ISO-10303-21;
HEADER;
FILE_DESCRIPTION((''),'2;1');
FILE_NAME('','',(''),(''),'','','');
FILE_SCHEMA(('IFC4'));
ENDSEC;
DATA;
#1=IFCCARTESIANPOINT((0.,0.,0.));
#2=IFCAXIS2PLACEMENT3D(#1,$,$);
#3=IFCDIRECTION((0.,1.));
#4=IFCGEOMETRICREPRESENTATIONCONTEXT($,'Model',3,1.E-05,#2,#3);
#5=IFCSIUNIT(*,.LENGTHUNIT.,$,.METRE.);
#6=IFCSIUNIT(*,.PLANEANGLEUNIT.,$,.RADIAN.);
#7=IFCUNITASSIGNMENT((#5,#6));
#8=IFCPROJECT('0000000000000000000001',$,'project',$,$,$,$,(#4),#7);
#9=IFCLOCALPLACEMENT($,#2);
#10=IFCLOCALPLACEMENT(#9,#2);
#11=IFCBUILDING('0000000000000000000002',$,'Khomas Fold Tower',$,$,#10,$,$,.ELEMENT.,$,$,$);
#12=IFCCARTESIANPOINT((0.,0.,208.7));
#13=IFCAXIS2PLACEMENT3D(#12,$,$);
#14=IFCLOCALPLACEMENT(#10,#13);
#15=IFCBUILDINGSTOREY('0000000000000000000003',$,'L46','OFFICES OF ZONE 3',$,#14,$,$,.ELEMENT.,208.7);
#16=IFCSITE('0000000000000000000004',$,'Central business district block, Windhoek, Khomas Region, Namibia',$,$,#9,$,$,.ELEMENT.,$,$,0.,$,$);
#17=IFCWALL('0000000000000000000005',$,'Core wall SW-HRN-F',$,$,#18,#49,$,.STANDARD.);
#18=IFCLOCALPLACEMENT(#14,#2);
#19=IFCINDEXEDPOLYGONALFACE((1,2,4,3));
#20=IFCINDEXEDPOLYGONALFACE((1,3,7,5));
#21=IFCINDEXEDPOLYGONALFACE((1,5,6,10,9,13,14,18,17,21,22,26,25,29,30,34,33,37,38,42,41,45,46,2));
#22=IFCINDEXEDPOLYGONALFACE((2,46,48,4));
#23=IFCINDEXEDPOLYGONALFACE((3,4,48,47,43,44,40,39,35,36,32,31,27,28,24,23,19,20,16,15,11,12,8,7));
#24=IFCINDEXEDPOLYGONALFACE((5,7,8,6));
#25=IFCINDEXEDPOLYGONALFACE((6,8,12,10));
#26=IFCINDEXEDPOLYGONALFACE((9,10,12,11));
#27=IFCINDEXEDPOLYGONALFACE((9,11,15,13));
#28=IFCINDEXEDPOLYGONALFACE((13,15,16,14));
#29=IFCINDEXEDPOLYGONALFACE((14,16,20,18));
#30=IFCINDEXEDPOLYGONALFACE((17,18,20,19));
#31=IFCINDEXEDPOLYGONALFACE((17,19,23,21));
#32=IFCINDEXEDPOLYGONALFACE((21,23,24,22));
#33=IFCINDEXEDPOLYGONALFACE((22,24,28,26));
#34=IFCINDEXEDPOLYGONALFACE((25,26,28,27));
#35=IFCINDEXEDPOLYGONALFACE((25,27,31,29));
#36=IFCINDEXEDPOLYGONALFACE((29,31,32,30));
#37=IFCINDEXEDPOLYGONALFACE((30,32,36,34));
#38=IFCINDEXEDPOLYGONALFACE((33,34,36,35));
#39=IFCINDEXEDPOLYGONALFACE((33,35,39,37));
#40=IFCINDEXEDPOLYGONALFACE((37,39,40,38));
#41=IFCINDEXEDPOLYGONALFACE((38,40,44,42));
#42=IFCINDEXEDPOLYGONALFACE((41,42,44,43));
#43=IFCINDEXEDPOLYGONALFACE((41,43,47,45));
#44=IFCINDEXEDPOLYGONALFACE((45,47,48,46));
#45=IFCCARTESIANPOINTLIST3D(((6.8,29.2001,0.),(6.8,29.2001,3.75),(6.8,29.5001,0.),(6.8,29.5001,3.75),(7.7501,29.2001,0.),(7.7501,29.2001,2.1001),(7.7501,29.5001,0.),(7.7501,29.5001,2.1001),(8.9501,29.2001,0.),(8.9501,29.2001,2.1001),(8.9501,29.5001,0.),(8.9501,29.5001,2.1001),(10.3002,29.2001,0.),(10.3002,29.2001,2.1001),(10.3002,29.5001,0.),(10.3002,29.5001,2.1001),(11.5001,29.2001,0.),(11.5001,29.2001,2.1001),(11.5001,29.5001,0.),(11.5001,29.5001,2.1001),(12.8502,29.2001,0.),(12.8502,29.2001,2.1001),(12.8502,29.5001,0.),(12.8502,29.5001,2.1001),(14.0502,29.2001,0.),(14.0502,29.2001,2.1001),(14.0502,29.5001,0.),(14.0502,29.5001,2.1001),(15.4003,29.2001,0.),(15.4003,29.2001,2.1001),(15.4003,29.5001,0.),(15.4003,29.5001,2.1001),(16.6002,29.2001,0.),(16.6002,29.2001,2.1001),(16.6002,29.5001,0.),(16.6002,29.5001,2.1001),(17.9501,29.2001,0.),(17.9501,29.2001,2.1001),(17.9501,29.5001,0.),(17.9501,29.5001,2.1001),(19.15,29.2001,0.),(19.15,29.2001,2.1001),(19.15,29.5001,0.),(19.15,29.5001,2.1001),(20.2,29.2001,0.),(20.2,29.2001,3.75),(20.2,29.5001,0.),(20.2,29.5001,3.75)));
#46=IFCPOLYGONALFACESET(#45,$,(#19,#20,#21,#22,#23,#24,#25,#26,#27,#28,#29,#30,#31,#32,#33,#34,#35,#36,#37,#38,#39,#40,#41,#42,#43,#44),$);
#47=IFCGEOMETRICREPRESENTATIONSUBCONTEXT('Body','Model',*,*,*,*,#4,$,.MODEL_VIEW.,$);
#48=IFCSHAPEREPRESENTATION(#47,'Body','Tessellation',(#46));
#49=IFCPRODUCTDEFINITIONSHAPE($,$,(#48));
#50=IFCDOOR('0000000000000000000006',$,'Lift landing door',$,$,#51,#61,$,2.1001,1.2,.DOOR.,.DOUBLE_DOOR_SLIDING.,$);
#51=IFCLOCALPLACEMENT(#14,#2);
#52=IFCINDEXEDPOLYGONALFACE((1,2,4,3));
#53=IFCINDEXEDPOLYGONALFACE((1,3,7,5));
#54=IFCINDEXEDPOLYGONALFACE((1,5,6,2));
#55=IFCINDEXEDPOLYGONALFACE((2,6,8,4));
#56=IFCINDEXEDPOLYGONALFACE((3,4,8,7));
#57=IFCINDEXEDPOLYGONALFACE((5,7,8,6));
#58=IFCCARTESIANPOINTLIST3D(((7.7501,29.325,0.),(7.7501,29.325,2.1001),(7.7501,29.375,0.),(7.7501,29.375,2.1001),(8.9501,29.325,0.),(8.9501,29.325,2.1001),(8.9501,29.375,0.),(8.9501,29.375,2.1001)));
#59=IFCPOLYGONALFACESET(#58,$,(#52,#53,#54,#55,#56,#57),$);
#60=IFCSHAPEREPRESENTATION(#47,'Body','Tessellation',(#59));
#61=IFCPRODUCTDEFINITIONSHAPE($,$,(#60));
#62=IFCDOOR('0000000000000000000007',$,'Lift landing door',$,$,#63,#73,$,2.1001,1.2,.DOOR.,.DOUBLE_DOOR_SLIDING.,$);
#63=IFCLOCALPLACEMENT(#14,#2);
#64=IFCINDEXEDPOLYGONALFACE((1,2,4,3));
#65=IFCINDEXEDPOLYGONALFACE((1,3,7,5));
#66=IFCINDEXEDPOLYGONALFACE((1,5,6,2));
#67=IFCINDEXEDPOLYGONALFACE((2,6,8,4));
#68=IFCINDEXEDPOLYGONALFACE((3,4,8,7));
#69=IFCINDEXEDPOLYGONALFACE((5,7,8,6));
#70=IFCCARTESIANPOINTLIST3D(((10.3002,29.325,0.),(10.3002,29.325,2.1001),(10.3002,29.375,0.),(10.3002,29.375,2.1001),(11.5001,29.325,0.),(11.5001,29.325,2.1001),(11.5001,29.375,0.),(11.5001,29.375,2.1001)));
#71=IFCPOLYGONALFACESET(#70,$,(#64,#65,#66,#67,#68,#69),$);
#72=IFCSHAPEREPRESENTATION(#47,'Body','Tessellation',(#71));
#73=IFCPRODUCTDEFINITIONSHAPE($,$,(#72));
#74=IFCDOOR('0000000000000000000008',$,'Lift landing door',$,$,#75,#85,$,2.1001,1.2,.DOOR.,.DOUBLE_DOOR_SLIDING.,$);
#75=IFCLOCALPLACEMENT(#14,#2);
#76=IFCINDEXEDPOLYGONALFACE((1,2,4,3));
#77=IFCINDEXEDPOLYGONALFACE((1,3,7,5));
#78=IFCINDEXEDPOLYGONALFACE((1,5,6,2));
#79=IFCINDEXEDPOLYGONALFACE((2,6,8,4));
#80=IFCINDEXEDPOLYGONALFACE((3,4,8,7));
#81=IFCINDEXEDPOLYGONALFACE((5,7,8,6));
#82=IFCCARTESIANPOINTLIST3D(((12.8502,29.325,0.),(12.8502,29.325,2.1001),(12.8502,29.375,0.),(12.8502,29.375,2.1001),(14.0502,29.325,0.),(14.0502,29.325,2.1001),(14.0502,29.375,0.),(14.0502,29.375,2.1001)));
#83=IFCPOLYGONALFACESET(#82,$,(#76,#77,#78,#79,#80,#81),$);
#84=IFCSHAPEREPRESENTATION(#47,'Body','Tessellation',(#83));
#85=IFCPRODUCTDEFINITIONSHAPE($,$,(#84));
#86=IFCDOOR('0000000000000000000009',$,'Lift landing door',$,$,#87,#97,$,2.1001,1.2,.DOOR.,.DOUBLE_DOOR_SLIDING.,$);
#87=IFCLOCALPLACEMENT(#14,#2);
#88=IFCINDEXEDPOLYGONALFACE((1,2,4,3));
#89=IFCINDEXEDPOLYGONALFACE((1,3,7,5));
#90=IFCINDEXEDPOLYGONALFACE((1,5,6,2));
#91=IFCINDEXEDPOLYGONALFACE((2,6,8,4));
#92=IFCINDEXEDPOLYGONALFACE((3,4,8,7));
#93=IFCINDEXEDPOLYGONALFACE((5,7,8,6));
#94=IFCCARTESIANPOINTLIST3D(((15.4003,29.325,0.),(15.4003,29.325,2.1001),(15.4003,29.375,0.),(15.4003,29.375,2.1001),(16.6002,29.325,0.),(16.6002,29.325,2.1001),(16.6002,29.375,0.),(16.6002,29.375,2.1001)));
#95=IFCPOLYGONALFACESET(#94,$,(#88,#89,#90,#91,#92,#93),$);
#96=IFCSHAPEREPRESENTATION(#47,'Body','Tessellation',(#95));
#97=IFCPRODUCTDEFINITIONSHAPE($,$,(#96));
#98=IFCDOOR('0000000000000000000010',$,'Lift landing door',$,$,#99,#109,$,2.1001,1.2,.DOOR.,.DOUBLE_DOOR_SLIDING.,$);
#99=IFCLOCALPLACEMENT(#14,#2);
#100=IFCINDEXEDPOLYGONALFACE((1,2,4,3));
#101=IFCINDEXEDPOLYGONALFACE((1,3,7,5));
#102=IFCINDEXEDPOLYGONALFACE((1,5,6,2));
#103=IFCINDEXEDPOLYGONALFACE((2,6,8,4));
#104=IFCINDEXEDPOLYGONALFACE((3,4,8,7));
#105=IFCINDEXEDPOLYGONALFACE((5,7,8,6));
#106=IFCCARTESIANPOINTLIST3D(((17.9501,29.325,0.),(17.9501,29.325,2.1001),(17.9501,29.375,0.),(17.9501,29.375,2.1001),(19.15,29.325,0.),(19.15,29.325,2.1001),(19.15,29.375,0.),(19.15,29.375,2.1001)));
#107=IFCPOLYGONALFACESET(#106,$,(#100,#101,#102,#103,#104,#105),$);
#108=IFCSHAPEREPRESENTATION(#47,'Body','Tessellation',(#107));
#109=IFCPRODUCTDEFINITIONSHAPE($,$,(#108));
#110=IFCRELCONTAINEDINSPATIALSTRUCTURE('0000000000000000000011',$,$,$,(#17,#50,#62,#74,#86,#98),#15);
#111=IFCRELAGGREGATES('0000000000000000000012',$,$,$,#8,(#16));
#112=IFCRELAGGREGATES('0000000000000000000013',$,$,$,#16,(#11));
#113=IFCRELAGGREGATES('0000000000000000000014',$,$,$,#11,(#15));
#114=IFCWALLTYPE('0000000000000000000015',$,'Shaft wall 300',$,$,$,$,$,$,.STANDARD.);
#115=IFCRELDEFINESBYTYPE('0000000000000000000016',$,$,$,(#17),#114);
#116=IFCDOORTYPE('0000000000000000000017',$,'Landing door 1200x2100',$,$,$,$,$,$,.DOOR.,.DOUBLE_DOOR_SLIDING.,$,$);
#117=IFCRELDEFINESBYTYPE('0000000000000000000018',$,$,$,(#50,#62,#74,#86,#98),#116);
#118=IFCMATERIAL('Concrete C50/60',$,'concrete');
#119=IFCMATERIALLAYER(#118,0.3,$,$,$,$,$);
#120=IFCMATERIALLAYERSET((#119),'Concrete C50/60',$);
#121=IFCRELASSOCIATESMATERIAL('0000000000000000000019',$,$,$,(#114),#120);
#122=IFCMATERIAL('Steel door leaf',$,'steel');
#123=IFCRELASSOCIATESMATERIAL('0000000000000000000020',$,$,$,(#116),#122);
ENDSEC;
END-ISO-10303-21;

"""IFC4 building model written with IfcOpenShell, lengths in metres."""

from ifc_helpers import new_model, si_unit, direction, frame, frame_2d, origin, place, context, subcontext, project, spatial, rectangle, extrude, source, transform, mapped, material, layer, layer_set, type_object, element, fill, save


model = new_model("IFC4")

# Units and contexts
model_context = context("Model", 3, precision=1e-05, world=origin(), true_north=direction((0.0, 1.0)))
body_context = subcontext(model_context, "Body", "Model", "MODEL_VIEW")
ifc_project = project(units=[si_unit("LENGTHUNIT", "METRE"), si_unit("PLANEANGLEUNIT", "RADIAN")], contexts=[model_context])

# Site, building, storey
site_placement = place(None, origin())
site = spatial("IfcSite", under=ifc_project, at=site_placement, Name="Central business district block, Windhoek, Khomas Region, Namibia", CompositionType="ELEMENT", RefElevation=0.0)
building_placement = place(site_placement, origin())
building = spatial("IfcBuilding", under=site, at=building_placement, Name="Khomas Fold Tower", CompositionType="ELEMENT")
storey_placement = place(building_placement, frame((0.0, 0.0, 208.7)))
storey = spatial("IfcBuildingStorey", under=building, at=storey_placement, Name="L46", Description="OFFICES OF ZONE 3", CompositionType="ELEMENT", Elevation=208.7)

# Shared definitions
ifc_material_1 = material(Name="Concrete C50/60", Category="concrete")
ifc_layer_1 = layer(ifc_material_1, 0.3)
ifc_layer_set_1 = layer_set([ifc_layer_1], Name="Concrete C50/60")
wall_type_1 = type_object("IfcWallType", Name="Shaft wall 300", PredefinedType="STANDARD", material=ifc_layer_set_1)
shared_shape_1 = source(origin(), body_context, "Body", "SweptSolid", [
    extrude(rectangle(XDim=13.3999, YDim=0.3, at=frame_2d((6.7, 0.0))), origin(), (0.0, 0.0, 1.0), 3.75),
])

# Wall, openings, doors
wall_1_placement = place(storey_placement, frame((6.8, 29.3501, 0.0), z_axis=(0.0, 0.0, 1.0), x_axis=(1.0, 0.0, 0.0)))
wall_1 = element("IfcWall", 1, at=wall_1_placement, inside=storey, type_object=wall_type_1, Name="Core wall SW-HRN-F", PredefinedType="STANDARD", context=body_context, shape_type="MappedRepresentation", body=[
    mapped(shared_shape_1, transform((0.0, 0.0, 0.0))),
])
shared_shape_2 = source(origin(), body_context, "Body", "SweptSolid", [
    extrude(rectangle(XDim=1.2, YDim=2.1001, at=frame_2d((0.6001, 1.05))), frame((0.0, 0.1599, 0.0), z_axis=(0.0, -1.0, 0.0), x_axis=(1.0, 0.0, 0.0)), (0.0, 0.0, 1.0), 0.3201),
])
opening_1_placement = place(wall_1_placement, frame((0.95, 0.0, 0.0)))
opening_1 = element("IfcOpeningElement", 2, at=opening_1_placement, cuts=wall_1, PredefinedType="OPENING", context=body_context, shape_type="MappedRepresentation", body=[
    mapped(shared_shape_2, transform((0.0, 0.0, 0.0))),
])
opening_2_placement = place(wall_1_placement, frame((3.5, 0.0, 0.0)))
opening_2 = element("IfcOpeningElement", 3, at=opening_2_placement, cuts=wall_1, PredefinedType="OPENING", context=body_context, shape_type="MappedRepresentation", body=[
    mapped(shared_shape_2, transform((0.0, 0.0, 0.0))),
])
opening_3_placement = place(wall_1_placement, frame((6.05, 0.0, 0.0)))
opening_3 = element("IfcOpeningElement", 4, at=opening_3_placement, cuts=wall_1, PredefinedType="OPENING", context=body_context, shape_type="MappedRepresentation", body=[
    mapped(shared_shape_2, transform((0.0, 0.0, 0.0))),
])
opening_4_placement = place(wall_1_placement, frame((8.6001, 0.0, 0.0)))
opening_4 = element("IfcOpeningElement", 5, at=opening_4_placement, cuts=wall_1, PredefinedType="OPENING", context=body_context, shape_type="MappedRepresentation", body=[
    mapped(shared_shape_2, transform((0.0, 0.0, 0.0))),
])
opening_5_placement = place(wall_1_placement, frame((11.1499, 0.0, 0.0)))
opening_5 = element("IfcOpeningElement", 6, at=opening_5_placement, cuts=wall_1, PredefinedType="OPENING", context=body_context, shape_type="MappedRepresentation", body=[
    mapped(shared_shape_2, transform((0.0, 0.0, 0.0))),
])
ifc_material_2 = material(Name="Steel door leaf", Category="steel")
door_type_1 = type_object("IfcDoorType", Name="Landing door 1200x2100", OperationType="DOUBLE_DOOR_SLIDING", PredefinedType="DOOR", material=ifc_material_2)
shared_shape_3 = source(origin(), body_context, "Body", "SweptSolid", [
    extrude(rectangle(XDim=1.2, YDim=2.1001, at=frame_2d((0.6001, 1.05))), frame((0.0, 0.0249, 0.0), z_axis=(0.0, -1.0, 0.0), x_axis=(1.0, 0.0, 0.0)), (0.0, 0.0, 1.0), 0.05),
])
door_1_placement = place(opening_1_placement, origin())
door_1 = element("IfcDoor", 7, at=door_1_placement, inside=storey, type_object=door_type_1, Name="Lift landing door", OperationType="DOUBLE_DOOR_SLIDING", OverallHeight=2.1001, OverallWidth=1.2, PredefinedType="DOOR", context=body_context, shape_type="MappedRepresentation", body=[
    mapped(shared_shape_3, transform((0.0, 0.0, 0.0))),
])
fill(opening_1, door_1)
door_2_placement = place(opening_2_placement, origin())
door_2 = element("IfcDoor", 8, at=door_2_placement, inside=storey, type_object=door_type_1, Name="Lift landing door", OperationType="DOUBLE_DOOR_SLIDING", OverallHeight=2.1001, OverallWidth=1.2, PredefinedType="DOOR", context=body_context, shape_type="MappedRepresentation", body=[
    mapped(shared_shape_3, transform((0.0, 0.0, 0.0))),
])
fill(opening_2, door_2)
door_3_placement = place(opening_3_placement, origin())
door_3 = element("IfcDoor", 9, at=door_3_placement, inside=storey, type_object=door_type_1, Name="Lift landing door", OperationType="DOUBLE_DOOR_SLIDING", OverallHeight=2.1001, OverallWidth=1.2, PredefinedType="DOOR", context=body_context, shape_type="MappedRepresentation", body=[
    mapped(shared_shape_3, transform((0.0, 0.0, 0.0))),
])
fill(opening_3, door_3)
door_4_placement = place(opening_4_placement, origin())
door_4 = element("IfcDoor", 10, at=door_4_placement, inside=storey, type_object=door_type_1, Name="Lift landing door", OperationType="DOUBLE_DOOR_SLIDING", OverallHeight=2.1001, OverallWidth=1.2, PredefinedType="DOOR", context=body_context, shape_type="MappedRepresentation", body=[
    mapped(shared_shape_3, transform((0.0, 0.0, 0.0))),
])
fill(opening_4, door_4)
door_5_placement = place(opening_5_placement, origin())
door_5 = element("IfcDoor", 11, at=door_5_placement, inside=storey, type_object=door_type_1, Name="Lift landing door", OperationType="DOUBLE_DOOR_SLIDING", OverallHeight=2.1001, OverallWidth=1.2, PredefinedType="DOOR", context=body_context, shape_type="MappedRepresentation", body=[
    mapped(shared_shape_3, transform((0.0, 0.0, 0.0))),
])
fill(opening_5, door_5)

save(model, "model.ifc")
